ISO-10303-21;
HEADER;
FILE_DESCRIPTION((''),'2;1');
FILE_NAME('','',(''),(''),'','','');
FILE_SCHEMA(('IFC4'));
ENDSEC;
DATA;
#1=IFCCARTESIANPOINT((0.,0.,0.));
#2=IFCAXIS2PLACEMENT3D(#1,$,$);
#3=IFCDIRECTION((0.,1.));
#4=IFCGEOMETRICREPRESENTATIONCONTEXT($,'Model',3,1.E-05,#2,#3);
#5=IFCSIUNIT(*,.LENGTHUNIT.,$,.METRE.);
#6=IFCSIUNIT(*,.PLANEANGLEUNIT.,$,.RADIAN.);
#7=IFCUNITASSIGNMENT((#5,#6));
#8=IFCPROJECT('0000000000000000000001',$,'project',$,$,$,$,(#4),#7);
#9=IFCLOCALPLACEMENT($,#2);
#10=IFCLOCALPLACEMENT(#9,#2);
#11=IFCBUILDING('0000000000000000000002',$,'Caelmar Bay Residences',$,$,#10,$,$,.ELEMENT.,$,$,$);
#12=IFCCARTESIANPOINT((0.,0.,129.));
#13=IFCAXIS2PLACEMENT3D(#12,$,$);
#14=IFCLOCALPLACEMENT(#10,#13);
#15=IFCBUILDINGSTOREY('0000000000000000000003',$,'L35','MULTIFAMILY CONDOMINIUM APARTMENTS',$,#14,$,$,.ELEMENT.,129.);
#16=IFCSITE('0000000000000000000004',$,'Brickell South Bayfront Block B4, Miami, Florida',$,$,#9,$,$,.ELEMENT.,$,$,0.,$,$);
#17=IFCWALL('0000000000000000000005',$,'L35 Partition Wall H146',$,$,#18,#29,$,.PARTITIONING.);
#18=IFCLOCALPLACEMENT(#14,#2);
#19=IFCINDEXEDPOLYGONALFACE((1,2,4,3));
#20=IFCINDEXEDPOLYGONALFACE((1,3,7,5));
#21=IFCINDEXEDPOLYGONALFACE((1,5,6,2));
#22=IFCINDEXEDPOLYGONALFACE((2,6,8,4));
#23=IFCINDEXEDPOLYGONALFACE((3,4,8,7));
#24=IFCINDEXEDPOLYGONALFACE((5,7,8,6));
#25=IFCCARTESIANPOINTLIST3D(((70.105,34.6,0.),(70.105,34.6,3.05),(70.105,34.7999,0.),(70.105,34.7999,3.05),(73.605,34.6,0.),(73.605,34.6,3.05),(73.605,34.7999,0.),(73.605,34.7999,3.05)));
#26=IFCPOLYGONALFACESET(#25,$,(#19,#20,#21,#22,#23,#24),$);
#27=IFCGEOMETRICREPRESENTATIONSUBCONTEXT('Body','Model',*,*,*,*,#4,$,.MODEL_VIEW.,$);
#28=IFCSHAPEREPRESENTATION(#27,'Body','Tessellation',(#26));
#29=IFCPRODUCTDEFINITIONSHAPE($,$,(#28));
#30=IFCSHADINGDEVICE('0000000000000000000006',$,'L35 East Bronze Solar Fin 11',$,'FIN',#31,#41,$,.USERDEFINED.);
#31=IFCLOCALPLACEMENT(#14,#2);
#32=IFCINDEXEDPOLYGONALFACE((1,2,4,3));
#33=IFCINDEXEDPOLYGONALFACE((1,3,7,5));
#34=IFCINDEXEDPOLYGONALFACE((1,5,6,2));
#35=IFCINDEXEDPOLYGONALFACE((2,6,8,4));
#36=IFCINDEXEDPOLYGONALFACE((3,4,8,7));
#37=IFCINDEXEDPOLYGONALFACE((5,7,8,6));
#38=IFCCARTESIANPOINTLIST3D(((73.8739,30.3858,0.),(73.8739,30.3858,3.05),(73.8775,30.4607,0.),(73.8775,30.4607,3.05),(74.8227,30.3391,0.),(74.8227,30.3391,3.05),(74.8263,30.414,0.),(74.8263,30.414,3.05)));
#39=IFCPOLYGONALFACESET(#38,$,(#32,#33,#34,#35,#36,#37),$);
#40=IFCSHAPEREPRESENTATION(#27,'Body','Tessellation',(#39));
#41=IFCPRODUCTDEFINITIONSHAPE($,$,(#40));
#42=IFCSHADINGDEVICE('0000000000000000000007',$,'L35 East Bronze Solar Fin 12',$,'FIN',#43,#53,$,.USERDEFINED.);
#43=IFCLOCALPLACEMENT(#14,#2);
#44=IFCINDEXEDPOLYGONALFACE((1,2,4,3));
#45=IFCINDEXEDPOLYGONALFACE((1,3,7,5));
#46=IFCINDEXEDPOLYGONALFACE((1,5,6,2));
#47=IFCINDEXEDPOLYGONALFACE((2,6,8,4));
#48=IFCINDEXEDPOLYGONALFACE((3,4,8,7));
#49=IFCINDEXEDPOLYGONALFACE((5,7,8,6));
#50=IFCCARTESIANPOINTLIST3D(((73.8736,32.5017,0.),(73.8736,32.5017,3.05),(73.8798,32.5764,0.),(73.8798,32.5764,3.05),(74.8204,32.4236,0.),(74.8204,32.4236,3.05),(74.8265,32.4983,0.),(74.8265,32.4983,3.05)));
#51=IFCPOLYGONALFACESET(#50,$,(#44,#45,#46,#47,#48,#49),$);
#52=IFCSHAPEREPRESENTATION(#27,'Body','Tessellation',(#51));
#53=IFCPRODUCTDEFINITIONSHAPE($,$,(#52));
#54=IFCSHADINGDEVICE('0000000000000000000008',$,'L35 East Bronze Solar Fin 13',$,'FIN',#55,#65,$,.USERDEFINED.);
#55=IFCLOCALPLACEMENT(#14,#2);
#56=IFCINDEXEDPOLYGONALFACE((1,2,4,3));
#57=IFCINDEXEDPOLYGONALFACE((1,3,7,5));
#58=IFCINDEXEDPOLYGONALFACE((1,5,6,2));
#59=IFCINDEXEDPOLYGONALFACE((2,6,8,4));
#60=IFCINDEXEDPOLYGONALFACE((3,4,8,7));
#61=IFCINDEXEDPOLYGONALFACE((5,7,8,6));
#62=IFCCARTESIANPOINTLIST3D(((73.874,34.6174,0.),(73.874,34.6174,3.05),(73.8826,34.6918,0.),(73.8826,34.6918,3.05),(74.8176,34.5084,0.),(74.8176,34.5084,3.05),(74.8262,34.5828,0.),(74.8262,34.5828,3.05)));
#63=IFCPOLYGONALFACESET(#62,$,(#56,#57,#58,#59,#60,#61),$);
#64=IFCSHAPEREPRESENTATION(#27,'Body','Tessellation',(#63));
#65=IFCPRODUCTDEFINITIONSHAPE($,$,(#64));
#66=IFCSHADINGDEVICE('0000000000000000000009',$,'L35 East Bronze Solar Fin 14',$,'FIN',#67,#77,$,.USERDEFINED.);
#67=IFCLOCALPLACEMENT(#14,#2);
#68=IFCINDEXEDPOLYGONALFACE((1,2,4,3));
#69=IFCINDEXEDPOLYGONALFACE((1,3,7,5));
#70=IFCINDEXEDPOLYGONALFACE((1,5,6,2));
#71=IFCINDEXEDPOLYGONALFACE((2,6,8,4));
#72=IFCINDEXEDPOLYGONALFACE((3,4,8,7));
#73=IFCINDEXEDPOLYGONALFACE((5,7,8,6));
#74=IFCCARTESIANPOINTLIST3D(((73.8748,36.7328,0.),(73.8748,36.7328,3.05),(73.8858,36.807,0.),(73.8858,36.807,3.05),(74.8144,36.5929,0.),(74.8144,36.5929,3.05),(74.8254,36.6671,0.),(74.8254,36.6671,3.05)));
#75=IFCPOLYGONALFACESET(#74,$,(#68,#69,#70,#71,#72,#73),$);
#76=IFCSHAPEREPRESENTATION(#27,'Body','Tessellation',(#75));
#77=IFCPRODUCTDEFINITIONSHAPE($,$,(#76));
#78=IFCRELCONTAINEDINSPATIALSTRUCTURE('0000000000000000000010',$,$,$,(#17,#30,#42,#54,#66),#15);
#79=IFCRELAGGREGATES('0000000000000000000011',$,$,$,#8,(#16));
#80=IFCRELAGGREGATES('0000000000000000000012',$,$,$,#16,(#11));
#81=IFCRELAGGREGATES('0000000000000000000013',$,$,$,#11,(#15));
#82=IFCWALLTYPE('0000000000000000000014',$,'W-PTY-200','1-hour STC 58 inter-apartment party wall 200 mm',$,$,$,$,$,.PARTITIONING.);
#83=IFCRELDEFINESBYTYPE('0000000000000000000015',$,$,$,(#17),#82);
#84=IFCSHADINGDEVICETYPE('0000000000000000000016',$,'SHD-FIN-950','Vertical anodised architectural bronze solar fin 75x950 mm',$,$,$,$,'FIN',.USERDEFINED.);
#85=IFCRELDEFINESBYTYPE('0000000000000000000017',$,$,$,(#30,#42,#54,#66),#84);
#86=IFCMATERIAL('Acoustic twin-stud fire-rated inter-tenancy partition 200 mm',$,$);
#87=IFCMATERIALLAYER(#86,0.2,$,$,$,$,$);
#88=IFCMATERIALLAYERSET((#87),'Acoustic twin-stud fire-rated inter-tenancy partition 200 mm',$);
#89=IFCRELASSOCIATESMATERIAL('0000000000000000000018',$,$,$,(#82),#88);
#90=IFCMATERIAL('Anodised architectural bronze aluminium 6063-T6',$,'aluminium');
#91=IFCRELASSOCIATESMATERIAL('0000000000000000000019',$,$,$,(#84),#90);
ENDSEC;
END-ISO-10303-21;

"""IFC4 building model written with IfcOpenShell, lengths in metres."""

from ifc_helpers import new_model, si_unit, direction, frame, frame_2d, origin, origin_2d, place, context, subcontext, project, spatial, rectangle, extrude, material, layer, layer_set, material_profile, profile_set, type_object, element, save


model = new_model("IFC4")

# Units and contexts
model_context = context("Model", 3, precision=1e-05, world=origin(), true_north=direction((0.0, 1.0)))
body_context = subcontext(model_context, "Body", "Model", "MODEL_VIEW")
ifc_project = project(units=[si_unit("LENGTHUNIT", "METRE"), si_unit("PLANEANGLEUNIT", "RADIAN")], contexts=[model_context])

# Site, building, storey
site_placement = place(None, origin())
site = spatial("IfcSite", under=ifc_project, at=site_placement, Name="Brickell South Bayfront Block B4, Miami, Florida", CompositionType="ELEMENT", RefElevation=0.0)
building_placement = place(site_placement, origin())
building = spatial("IfcBuilding", under=site, at=building_placement, Name="Caelmar Bay Residences", CompositionType="ELEMENT")
storey_placement = place(building_placement, frame((0.0, 0.0, 129.0)))
storey = spatial("IfcBuildingStorey", under=building, at=storey_placement, Name="L35", Description="MULTIFAMILY CONDOMINIUM APARTMENTS", CompositionType="ELEMENT", Elevation=129.0)

# Wall
ifc_material_1 = material(Name="Acoustic twin-stud fire-rated inter-tenancy partition 200 mm")
ifc_layer_1 = layer(ifc_material_1, 0.2)
ifc_layer_set_1 = layer_set([ifc_layer_1], Name="Acoustic twin-stud fire-rated inter-tenancy partition 200 mm")
wall_type_1 = type_object("IfcWallType", Name="W-PTY-200", Description="1-hour STC 58 inter-apartment party wall 200 mm", PredefinedType="PARTITIONING", material=ifc_layer_set_1)
wall_1_placement = place(storey_placement, frame((70.105, 34.7, 0.0), z_axis=(0.0, 0.0, 1.0), x_axis=(1.0, 0.0, 0.0)))
element("IfcWall", 1, at=wall_1_placement, inside=storey, type_object=wall_type_1, Name="L35 Partition Wall H146", PredefinedType="PARTITIONING", context=body_context, shape_type="SweptSolid", body=[
    extrude(rectangle(XDim=3.5, YDim=0.2, at=frame_2d((1.75, 0.0))), origin(), (0.0, 0.0, 1.0), 3.05),
])

# Shading devices
ifc_material_2 = material(Name="Anodised architectural bronze aluminium 6063-T6", Category="aluminium")
ifc_material_profile_1 = material_profile(ifc_material_2, rectangle(XDim=0.075, YDim=0.95, at=origin_2d()), Name="BRONZE-FIN-75X950")
ifc_profile_set_1 = profile_set([ifc_material_profile_1], Name="Anodised architectural bronze aluminium 6063-T6")
shading_device_type = type_object("IfcShadingDeviceType", Name="SHD-FIN-950", Description="Vertical anodised architectural bronze solar fin 75x950 mm", ElementType="FIN", PredefinedType="USERDEFINED", material=ifc_profile_set_1)
for number, where, z_axis, x_axis, name in (
    (2, (74.3501, 30.3999, 0.0), (0.0, 0.0, 1.0), (0.049198, 0.998789, 0.0), "L35 East Bronze Solar Fin 11"),
    (3, (74.3501, 32.5, 0.0), (0.0, 0.0, 1.0), (0.082112, 0.996623, 0.0), "L35 East Bronze Solar Fin 12"),
    (4, (74.3501, 34.6001, 0.0), (0.0, 0.0, 1.0), (0.114764, 0.993393, 0.0), "L35 East Bronze Solar Fin 13"),
    (5, (74.3501, 36.7, 0.0), (0.0, 0.0, 1.0), (0.147292, 0.989093, 0.0), "L35 East Bronze Solar Fin 14"),
):
    element("IfcShadingDevice", number, at=place(storey_placement, frame(where, z_axis=z_axis, x_axis=x_axis)), inside=storey, type_object=shading_device_type, Name=name, ObjectType="FIN", PredefinedType="USERDEFINED", context=body_context, shape_type="SweptSolid", body=[
        extrude(rectangle(XDim=0.075, YDim=0.95, at=origin_2d()), origin(), (0.0, 0.0, 1.0), 3.05),
    ])

save(model, "model.ifc")
